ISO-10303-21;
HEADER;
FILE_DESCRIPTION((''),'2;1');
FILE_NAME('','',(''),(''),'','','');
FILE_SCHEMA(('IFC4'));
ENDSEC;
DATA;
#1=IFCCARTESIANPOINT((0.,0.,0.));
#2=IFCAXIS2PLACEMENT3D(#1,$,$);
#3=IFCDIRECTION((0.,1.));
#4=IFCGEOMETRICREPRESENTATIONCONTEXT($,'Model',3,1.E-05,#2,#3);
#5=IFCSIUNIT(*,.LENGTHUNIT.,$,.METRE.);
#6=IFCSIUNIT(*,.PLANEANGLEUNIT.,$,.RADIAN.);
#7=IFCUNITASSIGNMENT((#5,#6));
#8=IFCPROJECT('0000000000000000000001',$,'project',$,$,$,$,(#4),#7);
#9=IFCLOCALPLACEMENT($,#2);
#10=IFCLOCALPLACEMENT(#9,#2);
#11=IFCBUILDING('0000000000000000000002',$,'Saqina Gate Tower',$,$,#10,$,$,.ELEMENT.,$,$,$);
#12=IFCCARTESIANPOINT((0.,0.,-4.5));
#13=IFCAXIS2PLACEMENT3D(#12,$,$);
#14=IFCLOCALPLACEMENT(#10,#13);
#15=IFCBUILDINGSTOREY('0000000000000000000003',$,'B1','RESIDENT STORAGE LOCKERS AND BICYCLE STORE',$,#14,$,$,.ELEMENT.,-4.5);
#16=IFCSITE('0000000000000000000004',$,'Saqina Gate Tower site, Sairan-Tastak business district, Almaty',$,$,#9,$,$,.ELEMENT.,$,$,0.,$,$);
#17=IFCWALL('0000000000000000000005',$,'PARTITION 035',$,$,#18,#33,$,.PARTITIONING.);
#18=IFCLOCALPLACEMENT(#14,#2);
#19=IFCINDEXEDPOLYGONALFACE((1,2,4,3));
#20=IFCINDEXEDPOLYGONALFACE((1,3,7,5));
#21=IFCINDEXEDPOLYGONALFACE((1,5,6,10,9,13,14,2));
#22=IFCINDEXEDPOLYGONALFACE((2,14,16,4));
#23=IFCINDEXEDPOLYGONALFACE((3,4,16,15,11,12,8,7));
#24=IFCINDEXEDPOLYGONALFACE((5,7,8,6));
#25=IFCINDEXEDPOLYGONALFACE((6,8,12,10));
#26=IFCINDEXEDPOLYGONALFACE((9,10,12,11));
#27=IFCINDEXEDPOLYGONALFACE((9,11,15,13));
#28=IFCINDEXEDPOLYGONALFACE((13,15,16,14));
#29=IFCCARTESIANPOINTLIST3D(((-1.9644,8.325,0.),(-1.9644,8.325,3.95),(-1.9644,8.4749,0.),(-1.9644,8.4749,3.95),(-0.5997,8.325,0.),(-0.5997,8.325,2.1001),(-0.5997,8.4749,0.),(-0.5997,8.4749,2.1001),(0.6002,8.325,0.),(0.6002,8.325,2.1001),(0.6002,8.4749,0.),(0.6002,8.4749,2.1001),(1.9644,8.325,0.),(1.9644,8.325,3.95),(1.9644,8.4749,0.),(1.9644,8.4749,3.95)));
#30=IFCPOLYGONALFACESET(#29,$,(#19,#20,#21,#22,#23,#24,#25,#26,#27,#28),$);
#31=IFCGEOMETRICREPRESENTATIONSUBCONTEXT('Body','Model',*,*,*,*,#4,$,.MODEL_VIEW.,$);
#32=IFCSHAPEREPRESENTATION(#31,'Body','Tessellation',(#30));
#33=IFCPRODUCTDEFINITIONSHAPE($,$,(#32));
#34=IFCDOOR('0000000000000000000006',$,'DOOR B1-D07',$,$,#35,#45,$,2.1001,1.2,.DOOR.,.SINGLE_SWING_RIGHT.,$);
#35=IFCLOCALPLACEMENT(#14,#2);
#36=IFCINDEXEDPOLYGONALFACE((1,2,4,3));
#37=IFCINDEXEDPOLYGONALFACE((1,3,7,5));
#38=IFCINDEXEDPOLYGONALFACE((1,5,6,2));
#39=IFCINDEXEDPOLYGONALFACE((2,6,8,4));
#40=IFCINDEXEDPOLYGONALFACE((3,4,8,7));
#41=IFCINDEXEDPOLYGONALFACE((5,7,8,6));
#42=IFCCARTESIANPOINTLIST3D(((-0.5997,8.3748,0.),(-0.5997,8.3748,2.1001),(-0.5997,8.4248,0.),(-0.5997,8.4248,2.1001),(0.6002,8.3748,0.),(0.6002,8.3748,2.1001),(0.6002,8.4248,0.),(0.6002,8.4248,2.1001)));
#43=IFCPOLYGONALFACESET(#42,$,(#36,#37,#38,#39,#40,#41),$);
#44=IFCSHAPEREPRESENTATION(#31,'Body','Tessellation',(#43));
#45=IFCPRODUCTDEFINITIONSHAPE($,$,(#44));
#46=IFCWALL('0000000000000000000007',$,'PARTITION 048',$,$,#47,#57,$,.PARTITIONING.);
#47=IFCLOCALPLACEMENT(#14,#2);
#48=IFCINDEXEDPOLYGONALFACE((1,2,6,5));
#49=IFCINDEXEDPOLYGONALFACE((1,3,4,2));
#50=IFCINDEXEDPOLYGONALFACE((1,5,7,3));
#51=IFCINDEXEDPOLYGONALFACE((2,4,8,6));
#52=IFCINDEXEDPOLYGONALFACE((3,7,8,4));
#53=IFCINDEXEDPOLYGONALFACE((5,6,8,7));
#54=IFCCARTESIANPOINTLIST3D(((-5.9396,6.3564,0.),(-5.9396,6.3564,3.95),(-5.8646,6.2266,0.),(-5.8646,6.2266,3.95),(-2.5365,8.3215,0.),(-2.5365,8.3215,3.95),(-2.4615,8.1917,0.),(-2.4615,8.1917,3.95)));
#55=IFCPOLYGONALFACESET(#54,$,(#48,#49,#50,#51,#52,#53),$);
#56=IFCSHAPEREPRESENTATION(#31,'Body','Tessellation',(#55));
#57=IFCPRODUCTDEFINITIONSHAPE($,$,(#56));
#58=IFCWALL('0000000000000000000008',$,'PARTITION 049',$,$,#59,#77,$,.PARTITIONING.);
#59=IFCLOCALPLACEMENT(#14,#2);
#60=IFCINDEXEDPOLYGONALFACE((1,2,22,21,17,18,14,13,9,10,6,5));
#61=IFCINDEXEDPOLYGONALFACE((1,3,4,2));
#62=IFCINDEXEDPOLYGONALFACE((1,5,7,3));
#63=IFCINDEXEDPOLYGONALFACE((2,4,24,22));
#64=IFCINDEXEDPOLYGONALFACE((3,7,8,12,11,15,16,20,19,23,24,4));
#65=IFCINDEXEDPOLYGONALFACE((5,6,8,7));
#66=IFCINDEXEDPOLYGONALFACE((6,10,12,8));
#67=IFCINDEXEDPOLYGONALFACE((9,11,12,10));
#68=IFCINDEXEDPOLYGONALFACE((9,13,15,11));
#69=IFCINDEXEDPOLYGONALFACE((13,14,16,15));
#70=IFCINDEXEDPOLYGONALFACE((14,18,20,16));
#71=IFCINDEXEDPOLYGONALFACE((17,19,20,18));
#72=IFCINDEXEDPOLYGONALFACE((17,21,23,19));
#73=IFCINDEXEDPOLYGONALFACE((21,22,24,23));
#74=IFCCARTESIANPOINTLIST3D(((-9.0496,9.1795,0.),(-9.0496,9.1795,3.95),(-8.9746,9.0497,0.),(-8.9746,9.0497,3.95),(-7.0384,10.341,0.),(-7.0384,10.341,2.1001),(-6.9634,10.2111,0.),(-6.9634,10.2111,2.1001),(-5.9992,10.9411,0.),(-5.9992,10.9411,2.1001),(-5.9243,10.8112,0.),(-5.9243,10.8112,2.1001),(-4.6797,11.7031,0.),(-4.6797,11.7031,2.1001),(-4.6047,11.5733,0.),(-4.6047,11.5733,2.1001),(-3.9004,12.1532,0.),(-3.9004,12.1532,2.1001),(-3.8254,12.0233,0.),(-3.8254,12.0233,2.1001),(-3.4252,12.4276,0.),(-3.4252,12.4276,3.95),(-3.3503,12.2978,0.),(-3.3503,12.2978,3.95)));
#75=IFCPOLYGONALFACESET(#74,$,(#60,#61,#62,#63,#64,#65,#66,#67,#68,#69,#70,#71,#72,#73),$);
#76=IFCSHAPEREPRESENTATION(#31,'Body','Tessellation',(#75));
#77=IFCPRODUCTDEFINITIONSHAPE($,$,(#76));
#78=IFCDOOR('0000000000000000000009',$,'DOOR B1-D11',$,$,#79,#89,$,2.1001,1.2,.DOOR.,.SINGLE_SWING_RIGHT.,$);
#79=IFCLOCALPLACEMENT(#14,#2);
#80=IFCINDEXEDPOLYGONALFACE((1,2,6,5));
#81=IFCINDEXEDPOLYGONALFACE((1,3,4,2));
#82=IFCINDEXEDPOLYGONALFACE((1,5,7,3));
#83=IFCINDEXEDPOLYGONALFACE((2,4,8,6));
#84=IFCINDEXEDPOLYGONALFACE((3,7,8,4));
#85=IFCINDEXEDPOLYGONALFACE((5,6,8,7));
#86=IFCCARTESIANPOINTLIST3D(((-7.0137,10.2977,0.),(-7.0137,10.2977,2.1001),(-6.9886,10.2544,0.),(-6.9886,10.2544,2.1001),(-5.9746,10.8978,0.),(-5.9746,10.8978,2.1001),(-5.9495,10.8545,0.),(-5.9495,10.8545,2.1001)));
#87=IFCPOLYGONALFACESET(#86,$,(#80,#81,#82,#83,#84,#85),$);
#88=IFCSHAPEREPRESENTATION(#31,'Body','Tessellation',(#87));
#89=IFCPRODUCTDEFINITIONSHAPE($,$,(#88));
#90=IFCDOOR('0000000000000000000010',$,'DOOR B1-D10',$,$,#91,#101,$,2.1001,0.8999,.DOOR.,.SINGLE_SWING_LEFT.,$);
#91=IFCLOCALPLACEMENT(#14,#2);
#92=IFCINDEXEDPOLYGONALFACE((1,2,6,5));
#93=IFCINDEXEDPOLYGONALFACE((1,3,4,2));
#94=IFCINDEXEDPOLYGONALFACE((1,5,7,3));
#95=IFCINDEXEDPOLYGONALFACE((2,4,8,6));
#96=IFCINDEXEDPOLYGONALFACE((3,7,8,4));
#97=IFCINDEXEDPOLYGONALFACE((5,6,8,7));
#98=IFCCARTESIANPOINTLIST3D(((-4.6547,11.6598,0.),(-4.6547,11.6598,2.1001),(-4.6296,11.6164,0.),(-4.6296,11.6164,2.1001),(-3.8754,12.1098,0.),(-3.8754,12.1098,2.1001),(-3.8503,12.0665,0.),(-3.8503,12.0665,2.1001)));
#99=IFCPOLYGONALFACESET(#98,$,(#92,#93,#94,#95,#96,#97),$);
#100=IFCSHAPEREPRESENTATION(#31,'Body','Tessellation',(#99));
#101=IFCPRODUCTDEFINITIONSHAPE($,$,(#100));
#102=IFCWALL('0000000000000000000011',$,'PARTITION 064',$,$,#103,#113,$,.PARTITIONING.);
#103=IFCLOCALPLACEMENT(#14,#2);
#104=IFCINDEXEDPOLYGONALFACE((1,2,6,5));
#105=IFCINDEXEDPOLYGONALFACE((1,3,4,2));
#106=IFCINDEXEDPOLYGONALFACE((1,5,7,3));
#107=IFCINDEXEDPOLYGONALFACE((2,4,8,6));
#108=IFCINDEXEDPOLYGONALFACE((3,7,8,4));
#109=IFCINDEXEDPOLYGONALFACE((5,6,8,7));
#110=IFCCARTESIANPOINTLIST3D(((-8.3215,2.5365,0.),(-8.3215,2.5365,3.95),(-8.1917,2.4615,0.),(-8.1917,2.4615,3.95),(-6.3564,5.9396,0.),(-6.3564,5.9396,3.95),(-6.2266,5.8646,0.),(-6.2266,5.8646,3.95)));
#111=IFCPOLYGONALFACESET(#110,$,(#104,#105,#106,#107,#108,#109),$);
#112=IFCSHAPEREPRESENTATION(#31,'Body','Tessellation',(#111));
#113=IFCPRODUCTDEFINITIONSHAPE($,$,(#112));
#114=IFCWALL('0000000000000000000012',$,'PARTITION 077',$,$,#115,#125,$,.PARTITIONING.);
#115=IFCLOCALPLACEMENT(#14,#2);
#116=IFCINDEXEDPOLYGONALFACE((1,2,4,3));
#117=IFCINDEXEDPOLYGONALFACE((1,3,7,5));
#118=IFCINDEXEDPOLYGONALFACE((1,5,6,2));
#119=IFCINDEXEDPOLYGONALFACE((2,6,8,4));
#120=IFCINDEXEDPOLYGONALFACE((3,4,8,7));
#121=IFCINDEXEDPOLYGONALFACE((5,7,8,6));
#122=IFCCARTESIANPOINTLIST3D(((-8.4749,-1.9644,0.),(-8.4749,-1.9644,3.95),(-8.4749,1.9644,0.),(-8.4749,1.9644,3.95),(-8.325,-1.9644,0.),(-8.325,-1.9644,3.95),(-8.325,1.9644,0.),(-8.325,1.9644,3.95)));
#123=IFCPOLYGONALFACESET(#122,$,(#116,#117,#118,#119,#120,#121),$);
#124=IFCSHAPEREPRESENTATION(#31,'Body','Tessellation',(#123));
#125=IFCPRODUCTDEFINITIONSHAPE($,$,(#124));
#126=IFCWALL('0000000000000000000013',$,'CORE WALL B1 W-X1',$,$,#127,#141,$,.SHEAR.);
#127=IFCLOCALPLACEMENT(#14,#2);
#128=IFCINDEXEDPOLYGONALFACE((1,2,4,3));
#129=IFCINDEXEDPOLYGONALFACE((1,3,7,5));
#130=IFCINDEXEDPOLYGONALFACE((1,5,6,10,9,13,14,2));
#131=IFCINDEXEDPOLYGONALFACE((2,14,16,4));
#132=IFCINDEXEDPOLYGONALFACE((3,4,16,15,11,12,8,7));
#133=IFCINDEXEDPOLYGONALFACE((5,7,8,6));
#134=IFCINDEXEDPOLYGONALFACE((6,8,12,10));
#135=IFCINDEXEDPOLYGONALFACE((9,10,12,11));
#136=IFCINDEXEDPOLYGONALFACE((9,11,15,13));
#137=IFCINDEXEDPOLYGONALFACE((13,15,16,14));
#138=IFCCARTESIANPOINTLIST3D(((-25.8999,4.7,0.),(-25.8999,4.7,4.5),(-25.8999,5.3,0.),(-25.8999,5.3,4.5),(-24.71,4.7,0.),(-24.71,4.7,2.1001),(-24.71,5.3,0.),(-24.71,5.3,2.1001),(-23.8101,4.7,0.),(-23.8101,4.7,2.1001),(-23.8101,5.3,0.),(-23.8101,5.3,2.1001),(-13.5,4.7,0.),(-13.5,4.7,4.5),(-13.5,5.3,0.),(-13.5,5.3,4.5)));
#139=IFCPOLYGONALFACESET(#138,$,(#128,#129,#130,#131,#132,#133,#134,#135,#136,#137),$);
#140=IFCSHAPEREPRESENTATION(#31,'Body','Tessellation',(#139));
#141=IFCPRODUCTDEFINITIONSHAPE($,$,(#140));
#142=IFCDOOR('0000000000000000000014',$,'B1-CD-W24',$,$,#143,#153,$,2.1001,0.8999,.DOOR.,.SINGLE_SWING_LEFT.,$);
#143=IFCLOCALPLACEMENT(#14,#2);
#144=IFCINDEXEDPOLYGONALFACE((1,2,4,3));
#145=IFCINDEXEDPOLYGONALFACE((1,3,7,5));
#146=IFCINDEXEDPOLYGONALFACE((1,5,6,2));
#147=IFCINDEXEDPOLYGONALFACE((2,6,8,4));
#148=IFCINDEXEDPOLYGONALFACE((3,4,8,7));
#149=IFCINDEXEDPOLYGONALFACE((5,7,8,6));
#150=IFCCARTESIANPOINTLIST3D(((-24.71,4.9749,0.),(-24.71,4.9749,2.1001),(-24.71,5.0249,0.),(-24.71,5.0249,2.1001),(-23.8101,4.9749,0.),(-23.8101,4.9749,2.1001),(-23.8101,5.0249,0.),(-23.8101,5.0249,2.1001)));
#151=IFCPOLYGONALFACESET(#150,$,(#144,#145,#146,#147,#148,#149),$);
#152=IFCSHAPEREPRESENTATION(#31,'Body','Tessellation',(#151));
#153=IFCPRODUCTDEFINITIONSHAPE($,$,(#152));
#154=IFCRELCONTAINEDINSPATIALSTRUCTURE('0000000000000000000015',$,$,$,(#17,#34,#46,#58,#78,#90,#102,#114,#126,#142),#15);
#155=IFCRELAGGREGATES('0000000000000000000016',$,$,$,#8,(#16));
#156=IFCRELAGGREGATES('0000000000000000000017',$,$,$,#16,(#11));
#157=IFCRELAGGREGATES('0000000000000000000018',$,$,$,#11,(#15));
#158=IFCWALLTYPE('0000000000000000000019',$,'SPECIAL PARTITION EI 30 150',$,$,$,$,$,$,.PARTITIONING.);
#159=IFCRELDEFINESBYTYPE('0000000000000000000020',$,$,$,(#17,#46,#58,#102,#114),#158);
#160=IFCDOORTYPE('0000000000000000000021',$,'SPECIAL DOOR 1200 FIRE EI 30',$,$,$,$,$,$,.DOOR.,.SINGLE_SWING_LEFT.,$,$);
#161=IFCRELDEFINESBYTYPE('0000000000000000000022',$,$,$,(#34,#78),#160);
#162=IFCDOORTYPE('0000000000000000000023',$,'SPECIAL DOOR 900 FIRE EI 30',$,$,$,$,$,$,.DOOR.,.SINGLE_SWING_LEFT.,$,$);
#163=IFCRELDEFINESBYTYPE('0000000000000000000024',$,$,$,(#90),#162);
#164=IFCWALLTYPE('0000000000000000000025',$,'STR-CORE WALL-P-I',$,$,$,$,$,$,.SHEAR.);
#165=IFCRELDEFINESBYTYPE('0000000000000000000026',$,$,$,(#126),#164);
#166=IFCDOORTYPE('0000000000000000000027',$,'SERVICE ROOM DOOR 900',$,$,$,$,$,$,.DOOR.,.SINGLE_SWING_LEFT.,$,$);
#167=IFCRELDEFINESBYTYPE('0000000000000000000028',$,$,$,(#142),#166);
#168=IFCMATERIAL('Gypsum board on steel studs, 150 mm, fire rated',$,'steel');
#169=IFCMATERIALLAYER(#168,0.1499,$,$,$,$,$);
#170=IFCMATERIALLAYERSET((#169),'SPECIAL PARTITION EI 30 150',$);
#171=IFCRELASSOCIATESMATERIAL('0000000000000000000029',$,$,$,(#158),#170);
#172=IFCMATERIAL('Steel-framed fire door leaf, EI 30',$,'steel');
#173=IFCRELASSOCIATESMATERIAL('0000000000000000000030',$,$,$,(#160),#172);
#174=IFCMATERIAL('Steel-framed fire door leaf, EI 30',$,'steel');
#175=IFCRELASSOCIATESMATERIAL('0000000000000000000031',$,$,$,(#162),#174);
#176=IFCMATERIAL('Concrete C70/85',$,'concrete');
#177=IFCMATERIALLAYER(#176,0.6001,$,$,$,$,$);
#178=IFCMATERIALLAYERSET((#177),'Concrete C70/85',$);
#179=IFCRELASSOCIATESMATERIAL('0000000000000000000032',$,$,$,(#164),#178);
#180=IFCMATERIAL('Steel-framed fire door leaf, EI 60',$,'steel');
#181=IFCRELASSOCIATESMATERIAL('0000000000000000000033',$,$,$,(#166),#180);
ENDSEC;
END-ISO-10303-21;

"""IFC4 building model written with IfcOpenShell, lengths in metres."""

from ifc_helpers import new_model, si_unit, direction, frame, frame_2d, origin, place, context, subcontext, project, spatial, rectangle, extrude, material, layer, layer_set, type_object, element, fill, save


model = new_model("IFC4")

# Units and contexts
model_context = context("Model", 3, precision=1e-05, world=origin(), true_north=direction((0.0, 1.0)))
body_context = subcontext(model_context, "Body", "Model", "MODEL_VIEW")
ifc_project = project(units=[si_unit("LENGTHUNIT", "METRE"), si_unit("PLANEANGLEUNIT", "RADIAN")], contexts=[model_context])

# Site, building, storey
site_placement = place(None, origin())
site = spatial("IfcSite", under=ifc_project, at=site_placement, Name="Saqina Gate Tower site, Sairan-Tastak business district, Almaty", CompositionType="ELEMENT", RefElevation=0.0)
building_placement = place(site_placement, origin())
building = spatial("IfcBuilding", under=site, at=building_placement, Name="Saqina Gate Tower", CompositionType="ELEMENT")
storey_placement = place(building_placement, frame((0.0, 0.0, -4.5)))
storey = spatial("IfcBuildingStorey", under=building, at=storey_placement, Name="B1", Description="RESIDENT STORAGE LOCKERS AND BICYCLE STORE", CompositionType="ELEMENT", Elevation=-4.5)

# Wall, opening, door
ifc_material_1 = material(Name="Gypsum board on steel studs, 150 mm, fire rated", Category="steel")
ifc_layer_1 = layer(ifc_material_1, 0.1499)
ifc_layer_set_1 = layer_set([ifc_layer_1], Name="SPECIAL PARTITION EI 30 150")
wall_type_1 = type_object("IfcWallType", Name="SPECIAL PARTITION EI 30 150", PredefinedType="PARTITIONING", material=ifc_layer_set_1)
wall_1_placement = place(storey_placement, frame((-1.9644, 8.3999, 0.0), z_axis=(0.0, 0.0, 1.0), x_axis=(1.0, 0.0, 0.0)))
wall_1 = element("IfcWall", 1, at=wall_1_placement, inside=storey, type_object=wall_type_1, Name="PARTITION 035", PredefinedType="PARTITIONING", context=body_context, shape_type="SweptSolid", body=[
    extrude(rectangle(XDim=3.9287, YDim=0.1499, at=frame_2d((1.9644, 0.0))), origin(), (0.0, 0.0, 1.0), 3.95),
])
opening_1_placement = place(wall_1_placement, frame((1.3645, 0.0, 0.0)))
opening_1 = element("IfcOpeningElement", 2, at=opening_1_placement, cuts=wall_1, PredefinedType="OPENING", context=body_context, shape_type="SweptSolid", body=[
    extrude(rectangle(XDim=1.2, YDim=2.1001, at=frame_2d((0.6001, 1.05))), frame((0.0, 0.0869, 0.0), z_axis=(0.0, -1.0, 0.0), x_axis=(1.0, 0.0, 0.0)), (0.0, 0.0, 1.0), 0.1738),
])
ifc_material_2 = material(Name="Steel-framed fire door leaf, EI 30", Category="steel")
door_type_1 = type_object("IfcDoorType", Name="SPECIAL DOOR 1200 FIRE EI 30", OperationType="SINGLE_SWING_LEFT", PredefinedType="DOOR", material=ifc_material_2)
door_1_placement = place(opening_1_placement, origin())
door_1 = element("IfcDoor", 3, at=door_1_placement, inside=storey, type_object=door_type_1, Name="DOOR B1-D07", OperationType="SINGLE_SWING_RIGHT", OverallHeight=2.1001, OverallWidth=1.2, PredefinedType="DOOR", context=body_context, shape_type="SweptSolid", body=[
    extrude(rectangle(XDim=1.2, YDim=2.1001, at=frame_2d((0.6001, 1.05))), frame((0.0, 0.0249, 0.0), z_axis=(0.0, -1.0, 0.0), x_axis=(1.0, 0.0, 0.0)), (0.0, 0.0, 1.0), 0.05),
])
fill(opening_1, door_1)

# Wall
wall_2_placement = place(storey_placement, frame((-5.9021, 6.2915, 0.0), z_axis=(0.0, 0.0, 1.0), x_axis=(0.86599, 0.500061, 0.0)))
element("IfcWall", 4, at=wall_2_placement, inside=storey, type_object=wall_type_1, Name="PARTITION 048", PredefinedType="PARTITIONING", context=body_context, shape_type="SweptSolid", body=[
    extrude(rectangle(XDim=3.9297, YDim=0.1499, at=frame_2d((1.9648, 0.0))), origin(), (0.0, 0.0, 1.0), 3.95),
])

# Wall, openings, doors
wall_3_placement = place(storey_placement, frame((-9.0122, 9.1145, 0.0), z_axis=(0.0, 0.0, 1.0), x_axis=(0.865967, 0.500101, 0.0)))
wall_3 = element("IfcWall", 5, at=wall_3_placement, inside=storey, type_object=wall_type_1, Name="PARTITION 049", PredefinedType="PARTITIONING", context=body_context, shape_type="SweptSolid", body=[
    extrude(rectangle(XDim=6.4949, YDim=0.1499, at=frame_2d((3.2476, 0.0))), origin(), (0.0, 0.0, 1.0), 3.95),
])
opening_2_placement = place(wall_3_placement, frame((5.0464, 0.0, 0.0)))
opening_2 = element("IfcOpeningElement", 6, at=opening_2_placement, cuts=wall_3, PredefinedType="OPENING", context=body_context, shape_type="SweptSolid", body=[
    extrude(rectangle(XDim=0.8999, YDim=2.1001, at=frame_2d((0.45, 1.05))), frame((0.0, 0.0869, 0.0), z_axis=(0.0, -1.0, 0.0), x_axis=(1.0, 0.0, 0.0)), (0.0, 0.0, 1.0), 0.1738),
])
opening_3_placement = place(wall_3_placement, frame((2.3225, 0.0, 0.0)))
opening_3 = element("IfcOpeningElement", 7, at=opening_3_placement, cuts=wall_3, PredefinedType="OPENING", context=body_context, shape_type="SweptSolid", body=[
    extrude(rectangle(XDim=1.2, YDim=2.1001, at=frame_2d((0.6001, 1.05))), frame((0.0, 0.0869, 0.0), z_axis=(0.0, -1.0, 0.0), x_axis=(1.0, 0.0, 0.0)), (0.0, 0.0, 1.0), 0.1738),
])
door_2_placement = place(opening_3_placement, frame((1.2, 0.0, 0.0), z_axis=(0.0, 0.0, 1.0), x_axis=(-1.0, 0.0, 0.0)))
door_2 = element("IfcDoor", 8, at=door_2_placement, inside=storey, type_object=door_type_1, Name="DOOR B1-D11", OperationType="SINGLE_SWING_RIGHT", OverallHeight=2.1001, OverallWidth=1.2, PredefinedType="DOOR", context=body_context, shape_type="SweptSolid", body=[
    extrude(rectangle(XDim=1.2, YDim=2.1001, at=frame_2d((0.6001, 1.05))), frame((0.0, 0.0249, 0.0), z_axis=(0.0, -1.0, 0.0), x_axis=(1.0, 0.0, 0.0)), (0.0, 0.0, 1.0), 0.05),
])
fill(opening_3, door_2)
ifc_material_3 = material(Name="Steel-framed fire door leaf, EI 30", Category="steel")
door_type_2 = type_object("IfcDoorType", Name="SPECIAL DOOR 900 FIRE EI 30", OperationType="SINGLE_SWING_LEFT", PredefinedType="DOOR", material=ifc_material_3)
door_3_placement = place(opening_2_placement, origin())
door_3 = element("IfcDoor", 9, at=door_3_placement, inside=storey, type_object=door_type_2, Name="DOOR B1-D10", OperationType="SINGLE_SWING_LEFT", OverallHeight=2.1001, OverallWidth=0.8999, PredefinedType="DOOR", context=body_context, shape_type="SweptSolid", body=[
    extrude(rectangle(XDim=0.8999, YDim=2.1001, at=frame_2d((0.45, 1.05))), frame((0.0, 0.0249, 0.0), z_axis=(0.0, -1.0, 0.0), x_axis=(1.0, 0.0, 0.0)), (0.0, 0.0, 1.0), 0.05),
])
fill(opening_2, door_3)

# Walls
wall_4_placement = place(storey_placement, frame((-8.2566, 2.499, 0.0), z_axis=(0.0, 0.0, 1.0), x_axis=(0.500061, 0.86599, 0.0)))
element("IfcWall", 10, at=wall_4_placement, inside=storey, type_object=wall_type_1, Name="PARTITION 064", PredefinedType="PARTITIONING", context=body_context, shape_type="SweptSolid", body=[
    extrude(rectangle(XDim=3.9297, YDim=0.1499, at=frame_2d((1.9648, 0.0))), origin(), (0.0, 0.0, 1.0), 3.95),
])
wall_5_placement = place(storey_placement, frame((-8.3999, -1.9644, 0.0), z_axis=(0.0, 0.0, 1.0), x_axis=(0.0, 1.0, 0.0)))
element("IfcWall", 11, at=wall_5_placement, inside=storey, type_object=wall_type_1, Name="PARTITION 077", PredefinedType="PARTITIONING", context=body_context, shape_type="SweptSolid", body=[
    extrude(rectangle(XDim=3.9287, YDim=0.1499, at=frame_2d((1.9644, 0.0))), origin(), (0.0, 0.0, 1.0), 3.95),
])

# Wall, opening, door
ifc_material_4 = material(Name="Concrete C70/85", Category="concrete")
ifc_layer_2 = layer(ifc_material_4, 0.6001)
ifc_layer_set_2 = layer_set([ifc_layer_2], Name="Concrete C70/85")
wall_type_2 = type_object("IfcWallType", Name="STR-CORE WALL-P-I", PredefinedType="SHEAR", material=ifc_layer_set_2)
wall_6_placement = place(storey_placement, frame((-13.5, 5.0, 0.0), z_axis=(0.0, 0.0, 1.0), x_axis=(-1.0, 0.0, 0.0)))
wall_6 = element("IfcWall", 12, at=wall_6_placement, inside=storey, type_object=wall_type_2, Name="CORE WALL B1 W-X1", PredefinedType="SHEAR", context=body_context, shape_type="SweptSolid", body=[
    extrude(rectangle(XDim=12.3999, YDim=0.6001, at=frame_2d((6.2, 0.0))), origin(), (0.0, 0.0, 1.0), 4.5),
])
opening_4_placement = place(wall_6_placement, frame((10.3101, 0.0, 0.0)))
opening_4 = element("IfcOpeningElement", 13, at=opening_4_placement, cuts=wall_6, PredefinedType="OPENING", context=body_context, shape_type="SweptSolid", body=[
    extrude(rectangle(XDim=0.8999, YDim=2.1001, at=frame_2d((0.45, 1.05))), frame((0.0, 0.312, 0.0), z_axis=(0.0, -1.0, 0.0), x_axis=(1.0, 0.0, 0.0)), (0.0, 0.0, 1.0), 0.624),
])
ifc_material_5 = material(Name="Steel-framed fire door leaf, EI 60", Category="steel")
door_type_3 = type_object("IfcDoorType", Name="SERVICE ROOM DOOR 900", OperationType="SINGLE_SWING_LEFT", PredefinedType="DOOR", material=ifc_material_5)
door_4_placement = place(opening_4_placement, frame((0.8999, 0.0, 0.0), z_axis=(0.0, 0.0, 1.0), x_axis=(-1.0, 0.0, 0.0)))
door_4 = element("IfcDoor", 14, at=door_4_placement, inside=storey, type_object=door_type_3, Name="B1-CD-W24", OperationType="SINGLE_SWING_LEFT", OverallHeight=2.1001, OverallWidth=0.8999, PredefinedType="DOOR", context=body_context, shape_type="SweptSolid", body=[
    extrude(rectangle(XDim=0.8999, YDim=2.1001, at=frame_2d((0.45, 1.05))), frame((0.0, 0.0249, 0.0), z_axis=(0.0, -1.0, 0.0), x_axis=(1.0, 0.0, 0.0)), (0.0, 0.0, 1.0), 0.05),
])
fill(opening_4, door_4)

save(model, "model.ifc")
